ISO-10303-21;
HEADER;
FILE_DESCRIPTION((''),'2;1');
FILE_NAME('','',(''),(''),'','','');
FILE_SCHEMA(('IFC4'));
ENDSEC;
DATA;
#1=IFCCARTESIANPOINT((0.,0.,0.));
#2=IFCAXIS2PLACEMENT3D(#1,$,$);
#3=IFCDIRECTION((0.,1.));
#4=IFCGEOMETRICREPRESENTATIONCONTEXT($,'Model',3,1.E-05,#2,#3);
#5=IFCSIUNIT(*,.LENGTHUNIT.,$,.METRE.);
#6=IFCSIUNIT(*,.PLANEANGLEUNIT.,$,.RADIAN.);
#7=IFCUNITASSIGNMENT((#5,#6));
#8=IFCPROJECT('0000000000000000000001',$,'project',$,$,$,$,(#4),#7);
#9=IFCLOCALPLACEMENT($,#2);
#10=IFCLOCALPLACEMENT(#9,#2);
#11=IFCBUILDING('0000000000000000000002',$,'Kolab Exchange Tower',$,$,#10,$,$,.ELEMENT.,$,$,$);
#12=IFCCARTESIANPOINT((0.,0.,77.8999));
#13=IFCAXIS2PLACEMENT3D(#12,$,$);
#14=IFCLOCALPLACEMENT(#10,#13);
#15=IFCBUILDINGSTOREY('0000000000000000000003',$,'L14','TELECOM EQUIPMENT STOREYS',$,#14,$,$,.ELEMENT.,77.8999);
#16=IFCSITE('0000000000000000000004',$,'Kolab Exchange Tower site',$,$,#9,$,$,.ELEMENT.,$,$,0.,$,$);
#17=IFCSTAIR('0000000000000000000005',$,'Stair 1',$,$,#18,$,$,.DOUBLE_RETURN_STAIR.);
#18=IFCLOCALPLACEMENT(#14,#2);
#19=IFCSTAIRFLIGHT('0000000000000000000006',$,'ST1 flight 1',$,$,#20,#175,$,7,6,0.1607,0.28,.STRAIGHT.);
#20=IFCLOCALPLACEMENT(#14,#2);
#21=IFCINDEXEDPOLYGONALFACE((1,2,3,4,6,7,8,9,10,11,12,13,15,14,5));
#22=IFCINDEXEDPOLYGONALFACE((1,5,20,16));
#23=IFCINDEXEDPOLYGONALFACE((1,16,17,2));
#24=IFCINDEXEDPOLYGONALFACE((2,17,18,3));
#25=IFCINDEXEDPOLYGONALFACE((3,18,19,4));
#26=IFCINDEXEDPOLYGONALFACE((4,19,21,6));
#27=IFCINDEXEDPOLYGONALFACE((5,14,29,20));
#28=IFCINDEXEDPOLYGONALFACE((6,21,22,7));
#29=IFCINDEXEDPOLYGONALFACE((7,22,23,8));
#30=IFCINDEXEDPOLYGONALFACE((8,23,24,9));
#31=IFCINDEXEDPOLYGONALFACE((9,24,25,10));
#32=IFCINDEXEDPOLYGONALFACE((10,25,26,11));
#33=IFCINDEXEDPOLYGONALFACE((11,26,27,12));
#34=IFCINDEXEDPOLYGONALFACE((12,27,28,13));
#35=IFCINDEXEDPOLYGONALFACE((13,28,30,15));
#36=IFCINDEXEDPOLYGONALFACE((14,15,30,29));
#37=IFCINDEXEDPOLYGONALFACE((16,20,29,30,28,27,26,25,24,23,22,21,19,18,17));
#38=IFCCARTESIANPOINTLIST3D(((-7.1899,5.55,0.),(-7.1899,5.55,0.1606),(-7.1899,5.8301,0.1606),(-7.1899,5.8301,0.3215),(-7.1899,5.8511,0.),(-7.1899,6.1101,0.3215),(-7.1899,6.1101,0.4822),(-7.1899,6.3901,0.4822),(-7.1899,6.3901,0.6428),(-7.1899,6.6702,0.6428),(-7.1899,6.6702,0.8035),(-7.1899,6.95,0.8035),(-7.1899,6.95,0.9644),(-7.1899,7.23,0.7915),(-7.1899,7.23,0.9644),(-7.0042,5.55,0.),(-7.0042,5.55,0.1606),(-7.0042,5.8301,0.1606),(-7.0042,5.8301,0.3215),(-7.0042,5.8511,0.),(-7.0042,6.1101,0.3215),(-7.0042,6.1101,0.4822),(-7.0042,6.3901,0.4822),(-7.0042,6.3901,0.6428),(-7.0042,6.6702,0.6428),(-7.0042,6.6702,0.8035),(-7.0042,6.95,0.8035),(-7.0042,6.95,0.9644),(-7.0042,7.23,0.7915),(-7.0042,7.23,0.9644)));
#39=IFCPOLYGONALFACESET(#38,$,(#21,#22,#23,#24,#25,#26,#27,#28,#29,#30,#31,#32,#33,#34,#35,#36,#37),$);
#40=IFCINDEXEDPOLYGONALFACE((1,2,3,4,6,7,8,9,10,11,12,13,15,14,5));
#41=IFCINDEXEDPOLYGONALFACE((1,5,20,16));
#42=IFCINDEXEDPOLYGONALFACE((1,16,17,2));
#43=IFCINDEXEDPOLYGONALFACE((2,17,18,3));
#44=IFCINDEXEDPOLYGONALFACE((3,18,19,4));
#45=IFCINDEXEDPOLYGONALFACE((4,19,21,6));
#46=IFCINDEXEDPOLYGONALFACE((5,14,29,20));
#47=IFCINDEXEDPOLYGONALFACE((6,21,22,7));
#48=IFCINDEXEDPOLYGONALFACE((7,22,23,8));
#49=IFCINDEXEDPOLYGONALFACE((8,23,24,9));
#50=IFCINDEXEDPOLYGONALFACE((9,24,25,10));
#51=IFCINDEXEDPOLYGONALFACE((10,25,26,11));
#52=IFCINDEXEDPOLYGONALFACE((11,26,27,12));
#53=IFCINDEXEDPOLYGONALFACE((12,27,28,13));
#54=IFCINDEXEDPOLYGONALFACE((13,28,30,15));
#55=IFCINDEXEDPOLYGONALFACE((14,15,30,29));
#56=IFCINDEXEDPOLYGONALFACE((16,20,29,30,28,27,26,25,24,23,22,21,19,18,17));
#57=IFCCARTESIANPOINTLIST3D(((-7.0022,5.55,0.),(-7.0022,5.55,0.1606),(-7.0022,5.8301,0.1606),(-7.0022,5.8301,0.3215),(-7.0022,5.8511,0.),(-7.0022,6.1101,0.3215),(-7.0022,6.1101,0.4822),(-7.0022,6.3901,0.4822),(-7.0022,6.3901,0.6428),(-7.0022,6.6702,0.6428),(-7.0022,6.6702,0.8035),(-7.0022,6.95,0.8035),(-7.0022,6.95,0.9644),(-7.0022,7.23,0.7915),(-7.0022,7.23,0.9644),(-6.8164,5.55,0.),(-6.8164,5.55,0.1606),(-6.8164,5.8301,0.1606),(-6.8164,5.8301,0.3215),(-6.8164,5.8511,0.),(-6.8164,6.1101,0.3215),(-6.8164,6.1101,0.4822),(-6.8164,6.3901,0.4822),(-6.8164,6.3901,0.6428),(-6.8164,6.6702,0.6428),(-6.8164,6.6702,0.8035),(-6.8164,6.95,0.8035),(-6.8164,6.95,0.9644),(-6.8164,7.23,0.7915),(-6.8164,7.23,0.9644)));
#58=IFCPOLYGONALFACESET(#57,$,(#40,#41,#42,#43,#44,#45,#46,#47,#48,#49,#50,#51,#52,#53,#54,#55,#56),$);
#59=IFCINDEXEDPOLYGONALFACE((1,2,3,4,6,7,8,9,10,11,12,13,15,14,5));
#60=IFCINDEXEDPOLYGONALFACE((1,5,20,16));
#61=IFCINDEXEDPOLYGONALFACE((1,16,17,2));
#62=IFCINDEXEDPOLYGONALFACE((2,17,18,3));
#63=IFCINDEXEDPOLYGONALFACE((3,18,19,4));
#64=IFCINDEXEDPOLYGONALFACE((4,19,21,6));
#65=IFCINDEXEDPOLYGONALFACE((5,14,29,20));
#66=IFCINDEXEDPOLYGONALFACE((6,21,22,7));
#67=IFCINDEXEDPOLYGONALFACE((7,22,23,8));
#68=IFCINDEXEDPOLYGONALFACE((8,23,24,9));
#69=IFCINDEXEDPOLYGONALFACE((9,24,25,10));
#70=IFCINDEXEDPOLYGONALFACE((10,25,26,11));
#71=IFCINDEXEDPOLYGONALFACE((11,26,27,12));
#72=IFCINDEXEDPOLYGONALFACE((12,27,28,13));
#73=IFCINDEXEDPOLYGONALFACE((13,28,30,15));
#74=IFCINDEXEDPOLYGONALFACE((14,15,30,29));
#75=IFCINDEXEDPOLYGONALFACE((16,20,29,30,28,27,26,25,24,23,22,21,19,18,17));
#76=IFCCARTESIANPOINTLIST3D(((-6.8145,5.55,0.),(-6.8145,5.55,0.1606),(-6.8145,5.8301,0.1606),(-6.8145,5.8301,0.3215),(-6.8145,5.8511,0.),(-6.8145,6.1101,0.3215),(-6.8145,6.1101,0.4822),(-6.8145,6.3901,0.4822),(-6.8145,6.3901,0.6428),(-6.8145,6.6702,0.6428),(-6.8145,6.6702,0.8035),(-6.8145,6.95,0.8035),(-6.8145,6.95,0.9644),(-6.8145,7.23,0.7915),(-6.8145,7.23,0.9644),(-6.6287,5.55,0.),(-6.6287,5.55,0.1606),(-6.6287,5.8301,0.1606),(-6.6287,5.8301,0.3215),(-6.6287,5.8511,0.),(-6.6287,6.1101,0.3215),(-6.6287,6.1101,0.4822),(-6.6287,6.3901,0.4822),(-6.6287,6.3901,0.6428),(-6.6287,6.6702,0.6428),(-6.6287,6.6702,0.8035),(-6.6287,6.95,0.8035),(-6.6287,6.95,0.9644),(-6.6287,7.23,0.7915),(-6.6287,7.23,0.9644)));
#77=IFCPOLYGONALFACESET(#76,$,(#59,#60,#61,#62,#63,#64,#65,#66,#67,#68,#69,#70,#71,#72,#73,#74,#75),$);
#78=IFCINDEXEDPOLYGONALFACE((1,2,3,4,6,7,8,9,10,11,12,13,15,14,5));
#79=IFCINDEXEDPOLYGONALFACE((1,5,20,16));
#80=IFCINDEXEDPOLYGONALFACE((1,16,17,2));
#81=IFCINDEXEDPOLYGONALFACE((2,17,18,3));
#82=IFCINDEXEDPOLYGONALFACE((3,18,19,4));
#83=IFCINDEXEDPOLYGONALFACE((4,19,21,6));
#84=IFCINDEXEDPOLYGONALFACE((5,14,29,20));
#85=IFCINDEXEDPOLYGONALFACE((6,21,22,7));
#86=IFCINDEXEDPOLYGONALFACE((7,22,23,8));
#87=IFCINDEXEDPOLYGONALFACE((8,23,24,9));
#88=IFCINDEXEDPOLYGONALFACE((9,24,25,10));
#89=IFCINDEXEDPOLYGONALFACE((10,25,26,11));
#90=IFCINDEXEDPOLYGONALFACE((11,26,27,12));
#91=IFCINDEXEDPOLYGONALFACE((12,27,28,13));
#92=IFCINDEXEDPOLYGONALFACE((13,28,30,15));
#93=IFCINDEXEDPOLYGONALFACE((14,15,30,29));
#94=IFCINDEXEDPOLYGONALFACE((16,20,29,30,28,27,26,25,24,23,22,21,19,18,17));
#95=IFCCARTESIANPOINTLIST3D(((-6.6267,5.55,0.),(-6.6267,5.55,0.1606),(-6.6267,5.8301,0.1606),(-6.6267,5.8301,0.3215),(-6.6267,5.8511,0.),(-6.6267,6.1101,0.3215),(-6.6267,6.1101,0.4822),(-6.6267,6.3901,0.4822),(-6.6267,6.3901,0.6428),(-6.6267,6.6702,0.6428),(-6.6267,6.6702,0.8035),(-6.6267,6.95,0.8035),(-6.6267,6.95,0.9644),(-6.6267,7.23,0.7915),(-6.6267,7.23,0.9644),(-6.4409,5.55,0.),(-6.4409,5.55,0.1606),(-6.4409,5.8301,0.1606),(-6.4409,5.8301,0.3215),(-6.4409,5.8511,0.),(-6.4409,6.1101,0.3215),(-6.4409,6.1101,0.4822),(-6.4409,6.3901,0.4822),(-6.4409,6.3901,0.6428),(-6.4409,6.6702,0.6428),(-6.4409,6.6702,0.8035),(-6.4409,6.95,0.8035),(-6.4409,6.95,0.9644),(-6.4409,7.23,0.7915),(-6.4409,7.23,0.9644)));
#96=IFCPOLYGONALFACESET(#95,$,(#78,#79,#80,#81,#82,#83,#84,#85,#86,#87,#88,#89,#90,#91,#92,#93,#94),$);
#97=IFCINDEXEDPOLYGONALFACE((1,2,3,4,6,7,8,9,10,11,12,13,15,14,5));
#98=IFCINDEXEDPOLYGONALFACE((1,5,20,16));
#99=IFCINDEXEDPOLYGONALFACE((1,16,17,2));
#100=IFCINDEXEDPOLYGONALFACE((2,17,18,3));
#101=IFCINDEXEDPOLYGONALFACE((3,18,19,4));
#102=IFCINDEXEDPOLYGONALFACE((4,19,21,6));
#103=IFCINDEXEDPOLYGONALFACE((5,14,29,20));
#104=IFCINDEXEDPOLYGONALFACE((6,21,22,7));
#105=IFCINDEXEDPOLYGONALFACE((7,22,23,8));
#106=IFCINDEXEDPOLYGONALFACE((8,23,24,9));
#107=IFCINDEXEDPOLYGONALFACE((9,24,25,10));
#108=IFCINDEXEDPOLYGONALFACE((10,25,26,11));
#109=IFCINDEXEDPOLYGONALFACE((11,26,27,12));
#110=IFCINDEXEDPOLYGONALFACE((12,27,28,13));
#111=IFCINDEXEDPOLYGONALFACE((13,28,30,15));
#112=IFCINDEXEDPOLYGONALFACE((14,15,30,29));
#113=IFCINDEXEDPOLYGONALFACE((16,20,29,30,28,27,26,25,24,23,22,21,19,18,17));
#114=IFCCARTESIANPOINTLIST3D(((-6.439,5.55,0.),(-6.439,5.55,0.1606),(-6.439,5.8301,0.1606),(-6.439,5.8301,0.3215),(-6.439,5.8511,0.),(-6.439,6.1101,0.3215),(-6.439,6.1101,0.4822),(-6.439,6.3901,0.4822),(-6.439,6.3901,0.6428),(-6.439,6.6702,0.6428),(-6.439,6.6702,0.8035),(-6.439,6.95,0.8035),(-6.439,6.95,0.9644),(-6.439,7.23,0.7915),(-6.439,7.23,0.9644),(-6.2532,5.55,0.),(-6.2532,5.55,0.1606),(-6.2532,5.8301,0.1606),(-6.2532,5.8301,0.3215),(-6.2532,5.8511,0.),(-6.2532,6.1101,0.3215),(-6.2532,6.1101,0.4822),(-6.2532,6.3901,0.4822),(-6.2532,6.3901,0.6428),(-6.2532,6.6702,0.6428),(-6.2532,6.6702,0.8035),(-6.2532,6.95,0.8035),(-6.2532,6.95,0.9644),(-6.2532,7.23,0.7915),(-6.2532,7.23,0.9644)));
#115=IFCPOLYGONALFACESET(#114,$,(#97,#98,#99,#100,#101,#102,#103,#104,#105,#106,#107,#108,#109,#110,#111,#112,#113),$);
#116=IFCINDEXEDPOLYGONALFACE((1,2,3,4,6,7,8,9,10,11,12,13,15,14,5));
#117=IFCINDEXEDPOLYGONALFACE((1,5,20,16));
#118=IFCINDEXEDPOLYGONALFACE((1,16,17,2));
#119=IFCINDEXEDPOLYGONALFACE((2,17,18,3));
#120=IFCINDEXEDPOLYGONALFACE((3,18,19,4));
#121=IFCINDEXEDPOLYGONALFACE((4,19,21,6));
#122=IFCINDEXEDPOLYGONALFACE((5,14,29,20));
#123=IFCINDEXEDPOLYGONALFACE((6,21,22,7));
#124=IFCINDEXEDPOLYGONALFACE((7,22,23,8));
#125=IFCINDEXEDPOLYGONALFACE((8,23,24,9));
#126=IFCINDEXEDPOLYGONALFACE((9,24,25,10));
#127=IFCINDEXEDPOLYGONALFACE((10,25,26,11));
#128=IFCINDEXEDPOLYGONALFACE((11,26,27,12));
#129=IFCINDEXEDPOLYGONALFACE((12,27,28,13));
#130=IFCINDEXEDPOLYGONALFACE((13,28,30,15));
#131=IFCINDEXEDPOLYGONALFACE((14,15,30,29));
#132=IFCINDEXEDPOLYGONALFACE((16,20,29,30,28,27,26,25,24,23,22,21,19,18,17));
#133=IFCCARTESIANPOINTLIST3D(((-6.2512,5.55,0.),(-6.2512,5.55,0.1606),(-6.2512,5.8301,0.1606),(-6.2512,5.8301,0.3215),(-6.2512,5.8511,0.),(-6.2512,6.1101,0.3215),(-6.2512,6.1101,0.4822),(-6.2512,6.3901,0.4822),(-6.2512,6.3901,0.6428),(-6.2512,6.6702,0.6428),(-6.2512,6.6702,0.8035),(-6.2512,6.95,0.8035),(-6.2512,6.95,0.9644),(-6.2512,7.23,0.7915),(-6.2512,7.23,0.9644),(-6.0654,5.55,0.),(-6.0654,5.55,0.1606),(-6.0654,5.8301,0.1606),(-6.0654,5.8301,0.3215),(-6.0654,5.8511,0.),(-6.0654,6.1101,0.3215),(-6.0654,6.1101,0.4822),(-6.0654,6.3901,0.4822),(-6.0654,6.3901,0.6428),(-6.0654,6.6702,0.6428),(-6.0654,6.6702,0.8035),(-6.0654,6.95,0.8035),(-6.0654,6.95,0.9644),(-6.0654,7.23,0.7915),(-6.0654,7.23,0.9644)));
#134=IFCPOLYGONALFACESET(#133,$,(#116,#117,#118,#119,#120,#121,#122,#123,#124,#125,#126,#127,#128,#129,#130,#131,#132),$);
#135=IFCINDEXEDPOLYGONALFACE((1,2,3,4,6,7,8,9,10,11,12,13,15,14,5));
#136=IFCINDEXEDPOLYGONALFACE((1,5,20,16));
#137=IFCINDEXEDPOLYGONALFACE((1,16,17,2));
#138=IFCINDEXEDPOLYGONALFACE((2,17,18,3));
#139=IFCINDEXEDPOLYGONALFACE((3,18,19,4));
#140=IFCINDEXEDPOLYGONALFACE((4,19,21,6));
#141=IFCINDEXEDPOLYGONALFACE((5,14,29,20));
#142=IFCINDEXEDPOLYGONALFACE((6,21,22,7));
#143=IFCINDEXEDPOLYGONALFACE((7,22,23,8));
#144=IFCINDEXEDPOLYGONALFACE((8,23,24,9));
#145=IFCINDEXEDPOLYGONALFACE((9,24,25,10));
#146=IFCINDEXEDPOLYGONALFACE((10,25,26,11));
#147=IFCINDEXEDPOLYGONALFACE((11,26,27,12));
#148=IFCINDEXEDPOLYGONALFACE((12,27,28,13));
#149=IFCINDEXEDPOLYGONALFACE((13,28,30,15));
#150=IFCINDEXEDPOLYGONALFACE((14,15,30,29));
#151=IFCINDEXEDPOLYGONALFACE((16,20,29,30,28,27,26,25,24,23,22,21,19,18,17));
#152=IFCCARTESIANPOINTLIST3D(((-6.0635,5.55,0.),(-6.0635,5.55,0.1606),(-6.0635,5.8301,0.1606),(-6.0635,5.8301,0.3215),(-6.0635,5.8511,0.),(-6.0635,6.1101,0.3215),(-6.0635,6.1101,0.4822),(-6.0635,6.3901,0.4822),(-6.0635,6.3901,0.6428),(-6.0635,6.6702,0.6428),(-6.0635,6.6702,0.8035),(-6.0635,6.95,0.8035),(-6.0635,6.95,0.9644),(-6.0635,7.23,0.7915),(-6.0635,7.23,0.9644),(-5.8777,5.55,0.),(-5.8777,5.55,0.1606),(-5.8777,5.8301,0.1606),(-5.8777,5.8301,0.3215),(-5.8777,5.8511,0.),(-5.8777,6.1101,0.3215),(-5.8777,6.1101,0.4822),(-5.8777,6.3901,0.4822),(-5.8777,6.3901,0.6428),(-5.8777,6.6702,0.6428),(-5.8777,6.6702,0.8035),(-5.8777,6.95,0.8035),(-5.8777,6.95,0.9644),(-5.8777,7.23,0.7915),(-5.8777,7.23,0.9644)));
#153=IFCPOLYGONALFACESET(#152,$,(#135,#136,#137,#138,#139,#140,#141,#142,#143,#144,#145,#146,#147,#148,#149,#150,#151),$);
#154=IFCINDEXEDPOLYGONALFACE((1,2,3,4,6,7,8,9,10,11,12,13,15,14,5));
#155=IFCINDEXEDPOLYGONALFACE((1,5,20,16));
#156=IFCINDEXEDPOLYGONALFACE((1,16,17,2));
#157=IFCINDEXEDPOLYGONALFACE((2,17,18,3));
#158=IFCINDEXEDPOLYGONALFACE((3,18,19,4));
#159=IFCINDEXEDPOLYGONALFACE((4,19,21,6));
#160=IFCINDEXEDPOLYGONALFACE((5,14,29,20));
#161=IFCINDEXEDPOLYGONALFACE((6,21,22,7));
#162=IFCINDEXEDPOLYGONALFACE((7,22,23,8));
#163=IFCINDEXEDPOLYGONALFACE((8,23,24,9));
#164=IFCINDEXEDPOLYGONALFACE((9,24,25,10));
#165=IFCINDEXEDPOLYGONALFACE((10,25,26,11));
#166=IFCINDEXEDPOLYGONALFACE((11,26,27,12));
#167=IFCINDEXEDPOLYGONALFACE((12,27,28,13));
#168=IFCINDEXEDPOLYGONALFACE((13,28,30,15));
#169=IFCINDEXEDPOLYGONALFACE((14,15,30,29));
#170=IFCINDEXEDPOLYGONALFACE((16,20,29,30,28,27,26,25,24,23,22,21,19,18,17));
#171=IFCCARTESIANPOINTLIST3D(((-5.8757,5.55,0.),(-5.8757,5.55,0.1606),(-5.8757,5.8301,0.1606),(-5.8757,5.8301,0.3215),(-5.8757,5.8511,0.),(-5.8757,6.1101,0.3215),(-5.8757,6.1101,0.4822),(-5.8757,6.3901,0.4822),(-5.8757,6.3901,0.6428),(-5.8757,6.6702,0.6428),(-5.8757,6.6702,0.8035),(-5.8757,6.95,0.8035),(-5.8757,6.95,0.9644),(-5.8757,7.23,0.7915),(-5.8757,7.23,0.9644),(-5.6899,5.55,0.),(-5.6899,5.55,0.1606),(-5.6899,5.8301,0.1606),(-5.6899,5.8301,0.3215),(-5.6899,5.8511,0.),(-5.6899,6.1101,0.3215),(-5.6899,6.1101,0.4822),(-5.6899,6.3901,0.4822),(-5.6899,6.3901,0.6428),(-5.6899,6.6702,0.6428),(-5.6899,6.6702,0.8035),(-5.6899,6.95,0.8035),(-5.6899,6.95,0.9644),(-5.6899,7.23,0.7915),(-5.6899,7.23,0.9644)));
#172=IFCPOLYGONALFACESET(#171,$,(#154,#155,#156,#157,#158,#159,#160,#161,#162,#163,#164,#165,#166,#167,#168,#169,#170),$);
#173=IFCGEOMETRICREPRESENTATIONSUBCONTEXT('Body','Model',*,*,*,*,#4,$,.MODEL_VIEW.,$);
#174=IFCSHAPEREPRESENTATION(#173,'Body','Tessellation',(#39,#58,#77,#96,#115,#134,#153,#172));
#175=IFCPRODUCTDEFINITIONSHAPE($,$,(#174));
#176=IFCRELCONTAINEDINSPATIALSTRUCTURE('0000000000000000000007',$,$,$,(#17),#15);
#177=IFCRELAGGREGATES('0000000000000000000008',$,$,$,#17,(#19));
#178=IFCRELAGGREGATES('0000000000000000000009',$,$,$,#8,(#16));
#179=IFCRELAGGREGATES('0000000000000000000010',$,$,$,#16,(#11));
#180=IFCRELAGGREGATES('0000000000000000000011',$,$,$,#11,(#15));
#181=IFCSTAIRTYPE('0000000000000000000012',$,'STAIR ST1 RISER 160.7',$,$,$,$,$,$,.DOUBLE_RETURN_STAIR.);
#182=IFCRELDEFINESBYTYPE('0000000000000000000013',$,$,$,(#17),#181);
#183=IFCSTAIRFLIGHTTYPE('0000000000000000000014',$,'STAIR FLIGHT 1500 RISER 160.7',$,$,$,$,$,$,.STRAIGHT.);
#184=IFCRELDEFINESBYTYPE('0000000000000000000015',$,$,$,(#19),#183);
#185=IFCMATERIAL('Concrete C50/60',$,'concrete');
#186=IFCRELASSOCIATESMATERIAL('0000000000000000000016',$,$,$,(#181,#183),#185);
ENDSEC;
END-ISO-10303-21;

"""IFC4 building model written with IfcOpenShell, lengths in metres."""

from ifc_helpers import new_model, si_unit, direction, frame, origin, place, context, subcontext, project, spatial, polyline, outline, extrude, material, type_object, element, aggregate, save


model = new_model("IFC4")

# Units and contexts
model_context = context("Model", 3, precision=1e-05, world=origin(), true_north=direction((0.0, 1.0)))
body_context = subcontext(model_context, "Body", "Model", "MODEL_VIEW")
ifc_project = project(units=[si_unit("LENGTHUNIT", "METRE"), si_unit("PLANEANGLEUNIT", "RADIAN")], contexts=[model_context])

# Site, building, storey
site_placement = place(None, origin())
site = spatial("IfcSite", under=ifc_project, at=site_placement, Name="Kolab Exchange Tower site", CompositionType="ELEMENT", RefElevation=0.0)
building_placement = place(site_placement, origin())
building = spatial("IfcBuilding", under=site, at=building_placement, Name="Kolab Exchange Tower", CompositionType="ELEMENT")
storey_placement = place(building_placement, frame((0.0, 0.0, 77.8999)))
storey = spatial("IfcBuildingStorey", under=building, at=storey_placement, Name="L14", Description="TELECOM EQUIPMENT STOREYS", CompositionType="ELEMENT", Elevation=77.8999)

# Shared definitions
ifc_material_1 = material(Name="Concrete C50/60", Category="concrete")

# Stair, stair flight
stair_type = type_object("IfcStairType", Name="STAIR ST1 RISER 160.7", PredefinedType="DOUBLE_RETURN_STAIR", material=ifc_material_1)
stair_placement = place(storey_placement, origin())
stair = element("IfcStair", 1, at=stair_placement, inside=storey, type_object=stair_type, Name="Stair 1", PredefinedType="DOUBLE_RETURN_STAIR")
stair_flight_type = type_object("IfcStairFlightType", Name="STAIR FLIGHT 1500 RISER 160.7", PredefinedType="STRAIGHT", material=ifc_material_1)
stair_flight_1_placement = place(storey_placement, frame((-6.4399, 5.55, 0.0), z_axis=(0.0, 0.0, 1.0), x_axis=(0.0, 1.0, 0.0)))
stair_flight_1 = element("IfcStairFlight", 2, at=stair_flight_1_placement, type_object=stair_flight_type, Name="ST1 flight 1", NumberOfRisers=7, NumberOfTreads=6, PredefinedType="STRAIGHT", RiserHeight=0.1607, TreadLength=0.28, context=body_context, shape_type="SweptSolid", body=[
    extrude(outline(polyline([(0.0, 0.0), (0.0, 0.1606), (0.28, 0.1606), (0.28, 0.3215), (0.5601, 0.3215), (0.5601, 0.4822), (0.8401, 0.4822), (0.8401, 0.6428), (1.1201, 0.6428), (1.1201, 0.8035), (1.3999, 0.8035), (1.3999, 0.9644), (1.6799, 0.9644), (1.6799, 1.125), (1.6799, 0.7915), (0.301, 0.0), (0.0, 0.0)])), frame((0.0, 0.75, 0.0), z_axis=(0.0, -1.0, 0.0), x_axis=(1.0, 0.0, 0.0)), (0.0, 0.0, 1.0), 0.1858),
    extrude(outline(polyline([(0.0, 0.0), (0.0, 0.1606), (0.28, 0.1606), (0.28, 0.3215), (0.5601, 0.3215), (0.5601, 0.4822), (0.8401, 0.4822), (0.8401, 0.6428), (1.1201, 0.6428), (1.1201, 0.8035), (1.3999, 0.8035), (1.3999, 0.9644), (1.6799, 0.9644), (1.6799, 1.125), (1.6799, 0.7915), (0.301, 0.0), (0.0, 0.0)])), frame((0.0, 0.5623, 0.0), z_axis=(0.0, -1.0, 0.0), x_axis=(1.0, 0.0, 0.0)), (0.0, 0.0, 1.0), 0.1858),
    extrude(outline(polyline([(0.0, 0.0), (0.0, 0.1606), (0.28, 0.1606), (0.28, 0.3215), (0.5601, 0.3215), (0.5601, 0.4822), (0.8401, 0.4822), (0.8401, 0.6428), (1.1201, 0.6428), (1.1201, 0.8035), (1.3999, 0.8035), (1.3999, 0.9644), (1.6799, 0.9644), (1.6799, 1.125), (1.6799, 0.7915), (0.301, 0.0), (0.0, 0.0)])), frame((0.0, 0.3745, 0.0), z_axis=(0.0, -1.0, 0.0), x_axis=(1.0, 0.0, 0.0)), (0.0, 0.0, 1.0), 0.1858),
    extrude(outline(polyline([(0.0, 0.0), (0.0, 0.1606), (0.28, 0.1606), (0.28, 0.3215), (0.5601, 0.3215), (0.5601, 0.4822), (0.8401, 0.4822), (0.8401, 0.6428), (1.1201, 0.6428), (1.1201, 0.8035), (1.3999, 0.8035), (1.3999, 0.9644), (1.6799, 0.9644), (1.6799, 1.125), (1.6799, 0.7915), (0.301, 0.0), (0.0, 0.0)])), frame((0.0, 0.1868, 0.0), z_axis=(0.0, -1.0, 0.0), x_axis=(1.0, 0.0, 0.0)), (0.0, 0.0, 1.0), 0.1858),
    extrude(outline(polyline([(0.0, 0.0), (0.0, 0.1606), (0.28, 0.1606), (0.28, 0.3215), (0.5601, 0.3215), (0.5601, 0.4822), (0.8401, 0.4822), (0.8401, 0.6428), (1.1201, 0.6428), (1.1201, 0.8035), (1.3999, 0.8035), (1.3999, 0.9644), (1.6799, 0.9644), (1.6799, 1.125), (1.6799, 0.7915), (0.301, 0.0), (0.0, 0.0)])), frame((0.0, -0.001, 0.0), z_axis=(0.0, -1.0, 0.0), x_axis=(1.0, 0.0, 0.0)), (0.0, 0.0, 1.0), 0.1858),
    extrude(outline(polyline([(0.0, 0.0), (0.0, 0.1606), (0.28, 0.1606), (0.28, 0.3215), (0.5601, 0.3215), (0.5601, 0.4822), (0.8401, 0.4822), (0.8401, 0.6428), (1.1201, 0.6428), (1.1201, 0.8035), (1.3999, 0.8035), (1.3999, 0.9644), (1.6799, 0.9644), (1.6799, 1.125), (1.6799, 0.7915), (0.301, 0.0), (0.0, 0.0)])), frame((0.0, -0.1887, 0.0), z_axis=(0.0, -1.0, 0.0), x_axis=(1.0, 0.0, 0.0)), (0.0, 0.0, 1.0), 0.1858),
    extrude(outline(polyline([(0.0, 0.0), (0.0, 0.1606), (0.28, 0.1606), (0.28, 0.3215), (0.5601, 0.3215), (0.5601, 0.4822), (0.8401, 0.4822), (0.8401, 0.6428), (1.1201, 0.6428), (1.1201, 0.8035), (1.3999, 0.8035), (1.3999, 0.9644), (1.6799, 0.9644), (1.6799, 1.125), (1.6799, 0.7915), (0.301, 0.0), (0.0, 0.0)])), frame((0.0, -0.3765, 0.0), z_axis=(0.0, -1.0, 0.0), x_axis=(1.0, 0.0, 0.0)), (0.0, 0.0, 1.0), 0.1858),
    extrude(outline(polyline([(0.0, 0.0), (0.0, 0.1606), (0.28, 0.1606), (0.28, 0.3215), (0.5601, 0.3215), (0.5601, 0.4822), (0.8401, 0.4822), (0.8401, 0.6428), (1.1201, 0.6428), (1.1201, 0.8035), (1.3999, 0.8035), (1.3999, 0.9644), (1.6799, 0.9644), (1.6799, 1.125), (1.6799, 0.7915), (0.301, 0.0), (0.0, 0.0)])), frame((0.0, -0.5642, 0.0), z_axis=(0.0, -1.0, 0.0), x_axis=(1.0, 0.0, 0.0)), (0.0, 0.0, 1.0), 0.1858),
])
aggregate(stair, [stair_flight_1])

save(model, "model.ifc")
